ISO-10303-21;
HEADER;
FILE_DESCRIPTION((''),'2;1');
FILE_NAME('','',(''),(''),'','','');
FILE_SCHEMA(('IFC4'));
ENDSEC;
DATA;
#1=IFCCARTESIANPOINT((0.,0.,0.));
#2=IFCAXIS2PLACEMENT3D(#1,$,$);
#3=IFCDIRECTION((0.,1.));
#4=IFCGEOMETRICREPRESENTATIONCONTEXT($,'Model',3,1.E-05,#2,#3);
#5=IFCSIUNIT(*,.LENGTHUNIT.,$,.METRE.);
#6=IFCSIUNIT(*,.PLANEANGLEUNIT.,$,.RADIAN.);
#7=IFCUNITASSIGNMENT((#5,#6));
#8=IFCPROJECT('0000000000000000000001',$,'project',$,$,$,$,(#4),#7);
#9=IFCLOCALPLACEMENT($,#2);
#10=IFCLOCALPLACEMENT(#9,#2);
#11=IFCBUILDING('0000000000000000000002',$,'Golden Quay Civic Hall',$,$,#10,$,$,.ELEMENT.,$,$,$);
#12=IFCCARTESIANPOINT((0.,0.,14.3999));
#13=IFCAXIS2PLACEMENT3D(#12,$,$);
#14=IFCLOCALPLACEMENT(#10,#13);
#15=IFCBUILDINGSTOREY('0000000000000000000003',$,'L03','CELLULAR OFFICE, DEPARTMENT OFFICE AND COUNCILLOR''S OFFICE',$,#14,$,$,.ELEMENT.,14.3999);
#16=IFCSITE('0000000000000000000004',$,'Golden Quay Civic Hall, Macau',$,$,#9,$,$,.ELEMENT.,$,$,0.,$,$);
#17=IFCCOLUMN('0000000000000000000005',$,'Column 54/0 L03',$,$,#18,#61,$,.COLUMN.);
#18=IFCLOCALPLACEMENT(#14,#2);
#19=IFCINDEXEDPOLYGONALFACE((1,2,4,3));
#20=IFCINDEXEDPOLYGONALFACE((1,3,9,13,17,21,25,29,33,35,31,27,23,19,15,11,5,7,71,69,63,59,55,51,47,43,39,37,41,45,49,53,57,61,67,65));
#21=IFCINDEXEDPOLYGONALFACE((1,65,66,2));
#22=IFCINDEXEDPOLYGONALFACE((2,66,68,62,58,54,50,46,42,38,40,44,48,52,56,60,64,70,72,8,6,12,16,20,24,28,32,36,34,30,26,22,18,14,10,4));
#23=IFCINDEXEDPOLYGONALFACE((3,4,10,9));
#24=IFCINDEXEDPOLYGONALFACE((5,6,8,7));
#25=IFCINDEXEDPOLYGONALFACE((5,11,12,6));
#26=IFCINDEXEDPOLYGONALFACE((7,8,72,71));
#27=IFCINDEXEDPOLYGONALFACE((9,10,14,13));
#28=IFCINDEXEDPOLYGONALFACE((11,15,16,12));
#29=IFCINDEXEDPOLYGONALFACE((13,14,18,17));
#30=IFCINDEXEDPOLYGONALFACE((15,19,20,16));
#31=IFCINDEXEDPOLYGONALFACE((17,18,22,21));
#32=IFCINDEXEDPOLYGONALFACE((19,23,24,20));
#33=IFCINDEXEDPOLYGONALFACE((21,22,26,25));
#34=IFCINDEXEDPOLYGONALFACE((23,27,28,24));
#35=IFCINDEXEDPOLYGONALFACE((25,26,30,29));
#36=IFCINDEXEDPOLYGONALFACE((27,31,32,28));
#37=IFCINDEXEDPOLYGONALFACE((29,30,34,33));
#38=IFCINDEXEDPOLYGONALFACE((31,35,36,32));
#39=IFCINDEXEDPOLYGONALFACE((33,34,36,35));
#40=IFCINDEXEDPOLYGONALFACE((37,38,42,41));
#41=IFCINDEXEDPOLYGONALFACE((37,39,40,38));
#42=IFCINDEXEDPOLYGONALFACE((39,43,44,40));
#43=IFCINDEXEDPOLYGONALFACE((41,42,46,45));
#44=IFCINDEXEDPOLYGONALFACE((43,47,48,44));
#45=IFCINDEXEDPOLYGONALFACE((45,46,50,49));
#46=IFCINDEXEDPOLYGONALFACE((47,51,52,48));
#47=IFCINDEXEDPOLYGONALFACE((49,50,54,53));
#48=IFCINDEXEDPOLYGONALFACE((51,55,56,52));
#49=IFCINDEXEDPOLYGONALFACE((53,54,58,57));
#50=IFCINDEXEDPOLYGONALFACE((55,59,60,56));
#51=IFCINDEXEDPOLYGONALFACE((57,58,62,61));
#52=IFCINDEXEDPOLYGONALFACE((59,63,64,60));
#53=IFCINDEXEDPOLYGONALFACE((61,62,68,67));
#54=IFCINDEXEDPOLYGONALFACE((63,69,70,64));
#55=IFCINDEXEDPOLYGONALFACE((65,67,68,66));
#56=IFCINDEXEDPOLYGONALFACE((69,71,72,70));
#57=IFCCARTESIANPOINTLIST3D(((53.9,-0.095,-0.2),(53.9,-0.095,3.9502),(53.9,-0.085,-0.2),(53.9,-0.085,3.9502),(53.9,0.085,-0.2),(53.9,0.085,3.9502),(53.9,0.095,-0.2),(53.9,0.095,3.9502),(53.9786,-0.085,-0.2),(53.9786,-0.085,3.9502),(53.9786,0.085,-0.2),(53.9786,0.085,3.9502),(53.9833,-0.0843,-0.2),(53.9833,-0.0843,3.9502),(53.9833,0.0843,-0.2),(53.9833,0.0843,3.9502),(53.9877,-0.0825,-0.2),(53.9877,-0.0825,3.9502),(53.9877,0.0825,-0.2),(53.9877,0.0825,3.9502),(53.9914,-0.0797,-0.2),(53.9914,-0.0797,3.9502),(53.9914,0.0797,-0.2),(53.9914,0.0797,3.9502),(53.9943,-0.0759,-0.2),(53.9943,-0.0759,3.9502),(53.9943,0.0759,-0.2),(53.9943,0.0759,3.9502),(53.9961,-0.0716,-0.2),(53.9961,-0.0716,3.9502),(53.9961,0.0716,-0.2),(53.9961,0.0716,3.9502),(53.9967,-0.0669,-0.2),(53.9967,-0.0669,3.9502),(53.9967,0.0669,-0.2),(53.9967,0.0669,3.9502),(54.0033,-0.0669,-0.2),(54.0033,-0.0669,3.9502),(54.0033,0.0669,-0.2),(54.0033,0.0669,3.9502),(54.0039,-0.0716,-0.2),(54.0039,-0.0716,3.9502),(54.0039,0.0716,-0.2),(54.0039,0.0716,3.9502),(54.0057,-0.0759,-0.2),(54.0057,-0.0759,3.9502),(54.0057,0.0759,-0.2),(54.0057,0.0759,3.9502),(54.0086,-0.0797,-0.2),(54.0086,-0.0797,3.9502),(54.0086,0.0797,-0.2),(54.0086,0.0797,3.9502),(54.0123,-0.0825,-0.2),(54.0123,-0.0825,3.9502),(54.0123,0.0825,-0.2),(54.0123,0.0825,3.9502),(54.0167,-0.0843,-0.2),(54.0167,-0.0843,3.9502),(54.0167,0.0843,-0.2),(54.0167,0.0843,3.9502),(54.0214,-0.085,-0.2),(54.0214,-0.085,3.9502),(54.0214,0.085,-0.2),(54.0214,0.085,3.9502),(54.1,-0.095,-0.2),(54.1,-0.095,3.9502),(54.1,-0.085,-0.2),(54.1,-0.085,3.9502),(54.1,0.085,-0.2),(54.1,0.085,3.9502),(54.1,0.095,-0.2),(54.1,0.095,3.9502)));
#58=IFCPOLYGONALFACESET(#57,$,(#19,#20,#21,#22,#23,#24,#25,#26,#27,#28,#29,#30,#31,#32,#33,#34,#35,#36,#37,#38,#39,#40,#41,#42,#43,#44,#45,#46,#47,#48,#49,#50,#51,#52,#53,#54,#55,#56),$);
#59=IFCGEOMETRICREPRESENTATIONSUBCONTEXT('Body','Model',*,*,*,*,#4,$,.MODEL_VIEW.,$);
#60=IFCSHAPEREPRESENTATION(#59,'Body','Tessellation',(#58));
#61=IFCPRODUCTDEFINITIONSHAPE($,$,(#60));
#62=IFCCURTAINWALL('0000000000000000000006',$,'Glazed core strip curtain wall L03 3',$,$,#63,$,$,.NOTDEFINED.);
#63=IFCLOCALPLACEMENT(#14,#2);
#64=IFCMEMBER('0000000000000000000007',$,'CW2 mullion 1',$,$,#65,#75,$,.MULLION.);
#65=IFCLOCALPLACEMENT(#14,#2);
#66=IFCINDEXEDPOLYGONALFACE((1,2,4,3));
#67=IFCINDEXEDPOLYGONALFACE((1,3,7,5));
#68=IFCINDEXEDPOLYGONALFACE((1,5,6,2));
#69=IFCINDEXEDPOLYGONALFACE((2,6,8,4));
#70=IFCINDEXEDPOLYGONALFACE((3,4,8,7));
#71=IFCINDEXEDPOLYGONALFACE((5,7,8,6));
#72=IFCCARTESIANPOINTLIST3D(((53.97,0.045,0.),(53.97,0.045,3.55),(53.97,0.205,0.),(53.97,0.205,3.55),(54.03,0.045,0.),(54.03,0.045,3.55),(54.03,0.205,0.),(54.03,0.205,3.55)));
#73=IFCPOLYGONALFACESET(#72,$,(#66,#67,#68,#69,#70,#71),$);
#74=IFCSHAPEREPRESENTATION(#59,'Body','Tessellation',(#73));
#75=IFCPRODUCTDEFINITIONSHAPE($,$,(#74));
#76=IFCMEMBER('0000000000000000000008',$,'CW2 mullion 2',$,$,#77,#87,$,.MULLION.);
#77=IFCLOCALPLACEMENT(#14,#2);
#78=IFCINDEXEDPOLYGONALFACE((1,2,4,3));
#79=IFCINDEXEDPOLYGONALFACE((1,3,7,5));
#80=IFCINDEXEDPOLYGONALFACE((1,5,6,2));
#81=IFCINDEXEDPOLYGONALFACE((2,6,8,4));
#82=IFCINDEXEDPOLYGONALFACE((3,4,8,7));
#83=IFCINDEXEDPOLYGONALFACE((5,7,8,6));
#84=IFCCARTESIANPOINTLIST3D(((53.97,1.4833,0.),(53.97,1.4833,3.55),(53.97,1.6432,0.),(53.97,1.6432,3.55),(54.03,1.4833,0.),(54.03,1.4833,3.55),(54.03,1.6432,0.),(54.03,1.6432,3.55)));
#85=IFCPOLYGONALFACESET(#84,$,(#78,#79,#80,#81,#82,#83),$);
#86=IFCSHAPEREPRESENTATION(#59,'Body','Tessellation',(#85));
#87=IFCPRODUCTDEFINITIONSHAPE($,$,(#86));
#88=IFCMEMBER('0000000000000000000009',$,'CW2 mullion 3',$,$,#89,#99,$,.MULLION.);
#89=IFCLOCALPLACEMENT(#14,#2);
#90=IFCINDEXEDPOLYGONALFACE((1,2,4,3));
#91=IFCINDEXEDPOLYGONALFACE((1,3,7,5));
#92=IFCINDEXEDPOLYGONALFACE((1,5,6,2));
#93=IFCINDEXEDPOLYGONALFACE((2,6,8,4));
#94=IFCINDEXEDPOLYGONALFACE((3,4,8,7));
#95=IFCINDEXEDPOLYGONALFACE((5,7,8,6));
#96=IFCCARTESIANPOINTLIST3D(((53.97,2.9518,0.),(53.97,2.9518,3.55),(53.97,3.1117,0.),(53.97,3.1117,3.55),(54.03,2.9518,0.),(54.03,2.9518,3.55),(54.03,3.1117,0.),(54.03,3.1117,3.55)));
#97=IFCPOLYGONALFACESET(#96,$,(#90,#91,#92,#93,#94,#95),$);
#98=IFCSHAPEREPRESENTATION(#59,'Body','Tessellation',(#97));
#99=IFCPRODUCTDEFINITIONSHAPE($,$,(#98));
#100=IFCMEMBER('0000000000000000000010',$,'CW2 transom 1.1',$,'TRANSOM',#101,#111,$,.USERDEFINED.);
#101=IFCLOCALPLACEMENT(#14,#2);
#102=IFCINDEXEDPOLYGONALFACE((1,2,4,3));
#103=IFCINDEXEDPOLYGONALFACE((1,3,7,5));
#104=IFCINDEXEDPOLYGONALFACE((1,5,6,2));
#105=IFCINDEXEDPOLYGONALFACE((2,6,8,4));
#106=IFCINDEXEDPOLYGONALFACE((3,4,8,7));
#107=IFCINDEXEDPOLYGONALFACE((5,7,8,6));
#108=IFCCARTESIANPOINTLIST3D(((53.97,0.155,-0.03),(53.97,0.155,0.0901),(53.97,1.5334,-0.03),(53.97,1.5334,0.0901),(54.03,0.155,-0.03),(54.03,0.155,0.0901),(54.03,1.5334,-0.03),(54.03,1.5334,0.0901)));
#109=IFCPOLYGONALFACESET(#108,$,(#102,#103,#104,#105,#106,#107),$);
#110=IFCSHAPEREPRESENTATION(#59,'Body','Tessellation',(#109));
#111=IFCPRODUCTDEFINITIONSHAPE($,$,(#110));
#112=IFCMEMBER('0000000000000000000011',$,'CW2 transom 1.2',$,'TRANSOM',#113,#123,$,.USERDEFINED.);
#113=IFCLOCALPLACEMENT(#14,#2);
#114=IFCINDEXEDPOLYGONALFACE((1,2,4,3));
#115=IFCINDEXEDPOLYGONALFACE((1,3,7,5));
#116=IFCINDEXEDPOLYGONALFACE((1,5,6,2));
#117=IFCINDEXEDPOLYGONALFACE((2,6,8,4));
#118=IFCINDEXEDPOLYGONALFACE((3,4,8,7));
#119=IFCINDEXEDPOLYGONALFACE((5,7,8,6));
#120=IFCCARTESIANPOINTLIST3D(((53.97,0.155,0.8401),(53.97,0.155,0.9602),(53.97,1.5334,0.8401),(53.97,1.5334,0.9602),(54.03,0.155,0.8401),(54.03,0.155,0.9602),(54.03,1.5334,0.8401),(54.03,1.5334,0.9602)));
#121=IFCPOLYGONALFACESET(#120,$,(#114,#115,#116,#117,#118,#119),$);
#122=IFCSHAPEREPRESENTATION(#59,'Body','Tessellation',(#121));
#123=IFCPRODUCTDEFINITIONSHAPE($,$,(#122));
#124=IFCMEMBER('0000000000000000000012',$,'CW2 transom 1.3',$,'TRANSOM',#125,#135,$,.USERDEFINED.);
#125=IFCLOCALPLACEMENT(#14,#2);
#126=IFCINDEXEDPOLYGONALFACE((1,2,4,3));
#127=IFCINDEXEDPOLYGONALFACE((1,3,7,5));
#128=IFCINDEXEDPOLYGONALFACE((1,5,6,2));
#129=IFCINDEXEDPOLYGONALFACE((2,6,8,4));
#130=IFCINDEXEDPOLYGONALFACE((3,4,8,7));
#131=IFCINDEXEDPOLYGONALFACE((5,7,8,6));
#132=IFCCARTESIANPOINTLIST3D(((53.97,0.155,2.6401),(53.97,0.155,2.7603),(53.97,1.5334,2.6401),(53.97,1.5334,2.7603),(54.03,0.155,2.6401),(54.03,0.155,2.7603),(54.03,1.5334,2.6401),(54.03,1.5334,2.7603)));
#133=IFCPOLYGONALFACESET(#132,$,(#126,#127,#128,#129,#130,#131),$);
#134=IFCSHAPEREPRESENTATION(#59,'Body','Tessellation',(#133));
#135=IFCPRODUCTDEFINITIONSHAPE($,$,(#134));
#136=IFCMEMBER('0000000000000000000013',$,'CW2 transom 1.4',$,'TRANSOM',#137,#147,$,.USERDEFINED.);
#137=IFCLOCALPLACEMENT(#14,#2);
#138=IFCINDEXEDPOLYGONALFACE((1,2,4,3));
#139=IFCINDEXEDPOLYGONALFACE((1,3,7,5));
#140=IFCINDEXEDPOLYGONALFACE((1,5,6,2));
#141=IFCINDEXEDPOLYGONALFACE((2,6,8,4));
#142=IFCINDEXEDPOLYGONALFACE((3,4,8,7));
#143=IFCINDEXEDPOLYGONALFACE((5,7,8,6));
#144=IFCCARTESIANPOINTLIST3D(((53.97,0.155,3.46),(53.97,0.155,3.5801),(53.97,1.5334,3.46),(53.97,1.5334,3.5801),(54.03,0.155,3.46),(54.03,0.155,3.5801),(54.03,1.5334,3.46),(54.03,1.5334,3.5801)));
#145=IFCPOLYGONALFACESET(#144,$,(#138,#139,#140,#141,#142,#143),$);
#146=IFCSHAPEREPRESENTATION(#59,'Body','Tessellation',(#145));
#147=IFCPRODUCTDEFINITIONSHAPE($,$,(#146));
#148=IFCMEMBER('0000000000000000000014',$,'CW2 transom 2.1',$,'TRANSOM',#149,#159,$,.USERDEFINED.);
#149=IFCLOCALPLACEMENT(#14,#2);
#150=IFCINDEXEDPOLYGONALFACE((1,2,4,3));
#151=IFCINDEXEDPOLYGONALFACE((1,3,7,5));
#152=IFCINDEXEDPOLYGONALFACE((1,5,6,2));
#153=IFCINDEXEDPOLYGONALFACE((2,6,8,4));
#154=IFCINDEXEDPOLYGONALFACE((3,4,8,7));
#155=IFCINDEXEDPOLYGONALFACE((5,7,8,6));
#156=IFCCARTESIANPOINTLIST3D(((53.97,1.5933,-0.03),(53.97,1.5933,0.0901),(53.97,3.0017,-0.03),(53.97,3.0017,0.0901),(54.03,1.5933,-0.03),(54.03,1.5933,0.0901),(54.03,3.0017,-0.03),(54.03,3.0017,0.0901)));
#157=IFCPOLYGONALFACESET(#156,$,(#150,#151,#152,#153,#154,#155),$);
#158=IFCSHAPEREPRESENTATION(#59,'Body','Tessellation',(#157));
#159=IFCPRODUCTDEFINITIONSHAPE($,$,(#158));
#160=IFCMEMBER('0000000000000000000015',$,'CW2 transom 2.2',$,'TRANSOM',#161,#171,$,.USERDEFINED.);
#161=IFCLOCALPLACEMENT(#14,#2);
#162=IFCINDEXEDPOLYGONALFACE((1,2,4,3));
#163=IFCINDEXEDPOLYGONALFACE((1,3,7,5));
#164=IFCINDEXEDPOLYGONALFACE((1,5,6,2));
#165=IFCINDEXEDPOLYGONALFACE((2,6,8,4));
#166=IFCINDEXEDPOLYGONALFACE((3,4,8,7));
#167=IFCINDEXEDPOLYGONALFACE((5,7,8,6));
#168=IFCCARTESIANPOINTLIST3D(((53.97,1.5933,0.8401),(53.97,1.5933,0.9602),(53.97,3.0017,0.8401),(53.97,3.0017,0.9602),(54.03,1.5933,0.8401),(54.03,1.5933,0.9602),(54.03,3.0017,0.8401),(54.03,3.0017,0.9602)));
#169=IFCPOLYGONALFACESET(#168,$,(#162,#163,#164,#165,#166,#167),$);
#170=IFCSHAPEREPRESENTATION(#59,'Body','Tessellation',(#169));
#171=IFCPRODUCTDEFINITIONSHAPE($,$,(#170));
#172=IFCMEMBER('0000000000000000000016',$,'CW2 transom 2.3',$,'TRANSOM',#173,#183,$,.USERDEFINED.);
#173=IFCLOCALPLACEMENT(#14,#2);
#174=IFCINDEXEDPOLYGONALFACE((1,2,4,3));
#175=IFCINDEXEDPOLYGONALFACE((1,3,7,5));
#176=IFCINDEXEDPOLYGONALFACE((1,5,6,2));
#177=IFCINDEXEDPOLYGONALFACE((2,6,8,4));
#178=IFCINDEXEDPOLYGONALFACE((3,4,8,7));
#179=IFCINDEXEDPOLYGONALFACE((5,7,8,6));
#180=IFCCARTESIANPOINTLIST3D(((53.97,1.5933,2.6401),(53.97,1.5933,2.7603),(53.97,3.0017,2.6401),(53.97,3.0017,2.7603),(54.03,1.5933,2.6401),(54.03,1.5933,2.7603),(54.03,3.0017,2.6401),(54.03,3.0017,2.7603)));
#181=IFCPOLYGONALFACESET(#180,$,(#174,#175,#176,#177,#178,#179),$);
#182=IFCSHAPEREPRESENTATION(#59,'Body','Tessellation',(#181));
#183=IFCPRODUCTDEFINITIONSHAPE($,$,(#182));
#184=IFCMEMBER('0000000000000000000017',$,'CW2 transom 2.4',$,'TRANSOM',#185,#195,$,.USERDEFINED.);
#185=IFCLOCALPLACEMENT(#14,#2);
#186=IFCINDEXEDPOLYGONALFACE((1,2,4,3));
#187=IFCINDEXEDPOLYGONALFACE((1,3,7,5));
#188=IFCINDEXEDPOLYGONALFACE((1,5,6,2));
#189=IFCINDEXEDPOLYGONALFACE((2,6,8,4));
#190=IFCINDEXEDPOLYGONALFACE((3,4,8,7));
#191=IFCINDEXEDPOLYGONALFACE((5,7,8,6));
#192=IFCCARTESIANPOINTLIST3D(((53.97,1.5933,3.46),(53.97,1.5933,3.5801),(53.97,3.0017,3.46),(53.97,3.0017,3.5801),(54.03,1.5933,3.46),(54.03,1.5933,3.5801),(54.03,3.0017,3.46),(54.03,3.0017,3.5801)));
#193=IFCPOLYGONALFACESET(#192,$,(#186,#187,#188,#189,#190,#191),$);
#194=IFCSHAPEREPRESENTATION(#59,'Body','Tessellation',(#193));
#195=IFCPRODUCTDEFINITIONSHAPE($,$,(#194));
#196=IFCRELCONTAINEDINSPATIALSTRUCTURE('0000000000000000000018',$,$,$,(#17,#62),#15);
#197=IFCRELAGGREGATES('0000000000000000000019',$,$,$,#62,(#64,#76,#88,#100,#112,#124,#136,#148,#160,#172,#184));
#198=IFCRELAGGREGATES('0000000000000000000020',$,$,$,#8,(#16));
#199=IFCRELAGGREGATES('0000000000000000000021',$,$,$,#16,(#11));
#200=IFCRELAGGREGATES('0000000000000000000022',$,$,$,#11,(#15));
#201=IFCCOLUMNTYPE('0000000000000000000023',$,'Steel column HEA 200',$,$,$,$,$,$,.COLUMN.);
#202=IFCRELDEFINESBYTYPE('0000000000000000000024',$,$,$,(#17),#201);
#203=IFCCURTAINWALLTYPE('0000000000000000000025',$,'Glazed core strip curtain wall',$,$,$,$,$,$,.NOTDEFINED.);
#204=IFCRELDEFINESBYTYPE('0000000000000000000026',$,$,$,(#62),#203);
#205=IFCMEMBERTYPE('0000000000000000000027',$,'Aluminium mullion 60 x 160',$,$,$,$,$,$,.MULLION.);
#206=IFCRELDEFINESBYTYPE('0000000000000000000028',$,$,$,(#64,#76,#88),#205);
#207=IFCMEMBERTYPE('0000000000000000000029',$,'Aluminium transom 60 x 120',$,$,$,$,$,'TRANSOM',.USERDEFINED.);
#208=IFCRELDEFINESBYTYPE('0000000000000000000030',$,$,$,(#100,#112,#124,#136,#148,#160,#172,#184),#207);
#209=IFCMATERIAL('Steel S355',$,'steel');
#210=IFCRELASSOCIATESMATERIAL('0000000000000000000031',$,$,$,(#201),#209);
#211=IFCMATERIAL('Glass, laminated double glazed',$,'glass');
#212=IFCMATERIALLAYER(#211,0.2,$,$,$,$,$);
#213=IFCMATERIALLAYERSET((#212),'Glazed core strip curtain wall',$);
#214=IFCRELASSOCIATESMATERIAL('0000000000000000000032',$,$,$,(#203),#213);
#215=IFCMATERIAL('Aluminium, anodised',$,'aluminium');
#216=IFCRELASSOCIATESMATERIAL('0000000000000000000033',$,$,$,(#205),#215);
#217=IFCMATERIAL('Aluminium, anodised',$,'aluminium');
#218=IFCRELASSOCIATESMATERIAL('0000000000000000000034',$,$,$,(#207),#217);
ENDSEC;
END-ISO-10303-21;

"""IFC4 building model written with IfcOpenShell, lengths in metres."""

from ifc_helpers import new_model, si_unit, direction, frame, origin, origin_2d, place, context, subcontext, project, spatial, rectangle, i_section, extrude, material, layer, layer_set, material_profile, profile_set, type_object, element, aggregate, save


model = new_model("IFC4")

# Units and contexts
model_context = context("Model", 3, precision=1e-05, world=origin(), true_north=direction((0.0, 1.0)))
body_context = subcontext(model_context, "Body", "Model", "MODEL_VIEW")
ifc_project = project(units=[si_unit("LENGTHUNIT", "METRE"), si_unit("PLANEANGLEUNIT", "RADIAN")], contexts=[model_context])

# Site, building, storey
site_placement = place(None, origin())
site = spatial("IfcSite", under=ifc_project, at=site_placement, Name="Golden Quay Civic Hall, Macau", CompositionType="ELEMENT", RefElevation=0.0)
building_placement = place(site_placement, origin())
building = spatial("IfcBuilding", under=site, at=building_placement, Name="Golden Quay Civic Hall", CompositionType="ELEMENT")
storey_placement = place(building_placement, frame((0.0, 0.0, 14.3999)))
storey = spatial("IfcBuildingStorey", under=building, at=storey_placement, Name="L03", Description="CELLULAR OFFICE, DEPARTMENT OFFICE AND COUNCILLOR'S OFFICE", CompositionType="ELEMENT", Elevation=14.3999)

# Column
ifc_material_1 = material(Name="Steel S355", Category="steel")
ifc_material_profile_1 = material_profile(ifc_material_1, i_section(OverallWidth=0.2, OverallDepth=0.1899, WebThickness=0.0066, FlangeThickness=0.01, FilletRadius=0.0181, at=origin_2d()), Name="HEA 200")
ifc_profile_set_1 = profile_set([ifc_material_profile_1], Name="Steel S355")
column_type = type_object("IfcColumnType", Name="Steel column HEA 200", PredefinedType="COLUMN", material=ifc_profile_set_1)
column_placement = place(storey_placement, frame((54.0, 0.0, -0.2), z_axis=(0.0, 0.0, 1.0), x_axis=(1.0, 0.0, 0.0)))
element("IfcColumn", 1, at=column_placement, inside=storey, type_object=column_type, Name="Column 54/0 L03", PredefinedType="COLUMN", context=body_context, shape_type="SweptSolid", body=[
    extrude(i_section(OverallWidth=0.2, OverallDepth=0.1899, WebThickness=0.0066, FlangeThickness=0.01, FilletRadius=0.0181, at=origin_2d()), origin(), (0.0, 0.0, 1.0), 4.1501),
])

# Curtain wall, members
ifc_material_2 = material(Name="Glass, laminated double glazed", Category="glass")
ifc_layer_1 = layer(ifc_material_2, 0.2)
ifc_layer_set_1 = layer_set([ifc_layer_1], Name="Glazed core strip curtain wall")
curtain_wall_type = type_object("IfcCurtainWallType", Name="Glazed core strip curtain wall", PredefinedType="NOTDEFINED", material=ifc_layer_set_1)
curtain_wall_placement = place(storey_placement, origin())
curtain_wall = element("IfcCurtainWall", 2, at=curtain_wall_placement, inside=storey, type_object=curtain_wall_type, Name="Glazed core strip curtain wall L03 3", PredefinedType="NOTDEFINED")
ifc_material_3 = material(Name="Aluminium, anodised", Category="aluminium")
ifc_material_profile_2 = material_profile(ifc_material_3, rectangle(XDim=0.0601, YDim=0.1599, at=origin_2d()), Name="Aluminium 60 x 160")
ifc_profile_set_2 = profile_set([ifc_material_profile_2], Name="Aluminium, anodised")
member_type_1 = type_object("IfcMemberType", Name="Aluminium mullion 60 x 160", PredefinedType="MULLION", material=ifc_profile_set_2)
member_1_placement = place(storey_placement, frame((54.0, 0.125, 0.0), z_axis=(0.0, 0.0, 1.0), x_axis=(-1.0, 0.0, 0.0)))
member_1 = element("IfcMember", 3, at=member_1_placement, type_object=member_type_1, Name="CW2 mullion 1", PredefinedType="MULLION", context=body_context, shape_type="SweptSolid", body=[
    extrude(rectangle(XDim=0.0601, YDim=0.1599, at=origin_2d()), origin(), (0.0, 0.0, 1.0), 3.55),
])
member_2_placement = place(storey_placement, frame((54.0, 1.5632, 0.0), z_axis=(0.0, 0.0, 1.0), x_axis=(-1.0, 0.0, 0.0)))
member_2 = element("IfcMember", 4, at=member_2_placement, type_object=member_type_1, Name="CW2 mullion 2", PredefinedType="MULLION", context=body_context, shape_type="SweptSolid", body=[
    extrude(rectangle(XDim=0.0601, YDim=0.1599, at=origin_2d()), origin(), (0.0, 0.0, 1.0), 3.55),
])
member_3_placement = place(storey_placement, frame((54.0, 3.0317, 0.0), z_axis=(0.0, 0.0, 1.0), x_axis=(-1.0, 0.0, 0.0)))
member_3 = element("IfcMember", 5, at=member_3_placement, type_object=member_type_1, Name="CW2 mullion 3", PredefinedType="MULLION", context=body_context, shape_type="SweptSolid", body=[
    extrude(rectangle(XDim=0.0601, YDim=0.1599, at=origin_2d()), origin(), (0.0, 0.0, 1.0), 3.55),
])
ifc_material_4 = material(Name="Aluminium, anodised", Category="aluminium")
ifc_material_profile_3 = material_profile(ifc_material_4, rectangle(XDim=0.0601, YDim=0.1201, at=origin_2d()), Name="Aluminium 60 x 120")
ifc_profile_set_3 = profile_set([ifc_material_profile_3], Name="Aluminium, anodised")
member_type_2 = type_object("IfcMemberType", Name="Aluminium transom 60 x 120", ElementType="TRANSOM", PredefinedType="USERDEFINED", material=ifc_profile_set_3)
member_4_placement = place(storey_placement, frame((54.0, 0.155, 0.03), z_axis=(0.0, 1.0, 0.0), x_axis=(-1.0, 0.0, 0.0)))
member_4 = element("IfcMember", 6, at=member_4_placement, type_object=member_type_2, Name="CW2 transom 1.1", ObjectType="TRANSOM", PredefinedType="USERDEFINED", context=body_context, shape_type="SweptSolid", body=[
    extrude(rectangle(XDim=0.0601, YDim=0.1201, at=origin_2d()), origin(), (0.0, 0.0, 1.0), 1.3784),
])
member_5_placement = place(storey_placement, frame((54.0, 0.155, 0.9001), z_axis=(0.0, 1.0, 0.0), x_axis=(-1.0, 0.0, 0.0)))
member_5 = element("IfcMember", 7, at=member_5_placement, type_object=member_type_2, Name="CW2 transom 1.2", ObjectType="TRANSOM", PredefinedType="USERDEFINED", context=body_context, shape_type="SweptSolid", body=[
    extrude(rectangle(XDim=0.0601, YDim=0.1201, at=origin_2d()), origin(), (0.0, 0.0, 1.0), 1.3784),
])
member_6_placement = place(storey_placement, frame((54.0, 0.155, 2.7002), z_axis=(0.0, 1.0, 0.0), x_axis=(-1.0, 0.0, 0.0)))
member_6 = element("IfcMember", 8, at=member_6_placement, type_object=member_type_2, Name="CW2 transom 1.3", ObjectType="TRANSOM", PredefinedType="USERDEFINED", context=body_context, shape_type="SweptSolid", body=[
    extrude(rectangle(XDim=0.0601, YDim=0.1201, at=origin_2d()), origin(), (0.0, 0.0, 1.0), 1.3784),
])
member_7_placement = place(storey_placement, frame((54.0, 0.155, 3.52), z_axis=(0.0, 1.0, 0.0), x_axis=(-1.0, 0.0, 0.0)))
member_7 = element("IfcMember", 9, at=member_7_placement, type_object=member_type_2, Name="CW2 transom 1.4", ObjectType="TRANSOM", PredefinedType="USERDEFINED", context=body_context, shape_type="SweptSolid", body=[
    extrude(rectangle(XDim=0.0601, YDim=0.1201, at=origin_2d()), origin(), (0.0, 0.0, 1.0), 1.3784),
])
member_8_placement = place(storey_placement, frame((54.0, 1.5933, 0.03), z_axis=(0.0, 1.0, 0.0), x_axis=(-1.0, 0.0, 0.0)))
member_8 = element("IfcMember", 10, at=member_8_placement, type_object=member_type_2, Name="CW2 transom 2.1", ObjectType="TRANSOM", PredefinedType="USERDEFINED", context=body_context, shape_type="SweptSolid", body=[
    extrude(rectangle(XDim=0.0601, YDim=0.1201, at=origin_2d()), origin(), (0.0, 0.0, 1.0), 1.4084),
])
member_9_placement = place(storey_placement, frame((54.0, 1.5933, 0.9001), z_axis=(0.0, 1.0, 0.0), x_axis=(-1.0, 0.0, 0.0)))
member_9 = element("IfcMember", 11, at=member_9_placement, type_object=member_type_2, Name="CW2 transom 2.2", ObjectType="TRANSOM", PredefinedType="USERDEFINED", context=body_context, shape_type="SweptSolid", body=[
    extrude(rectangle(XDim=0.0601, YDim=0.1201, at=origin_2d()), origin(), (0.0, 0.0, 1.0), 1.4084),
])
member_10_placement = place(storey_placement, frame((54.0, 1.5933, 2.7002), z_axis=(0.0, 1.0, 0.0), x_axis=(-1.0, 0.0, 0.0)))
member_10 = element("IfcMember", 12, at=member_10_placement, type_object=member_type_2, Name="CW2 transom 2.3", ObjectType="TRANSOM", PredefinedType="USERDEFINED", context=body_context, shape_type="SweptSolid", body=[
    extrude(rectangle(XDim=0.0601, YDim=0.1201, at=origin_2d()), origin(), (0.0, 0.0, 1.0), 1.4084),
])
member_11_placement = place(storey_placement, frame((54.0, 1.5933, 3.52), z_axis=(0.0, 1.0, 0.0), x_axis=(-1.0, 0.0, 0.0)))
member_11 = element("IfcMember", 13, at=member_11_placement, type_object=member_type_2, Name="CW2 transom 2.4", ObjectType="TRANSOM", PredefinedType="USERDEFINED", context=body_context, shape_type="SweptSolid", body=[
    extrude(rectangle(XDim=0.0601, YDim=0.1201, at=origin_2d()), origin(), (0.0, 0.0, 1.0), 1.4084),
])

aggregate(curtain_wall, [member_1, member_2, member_3, member_4, member_5, member_6, member_7, member_8, member_9, member_10, member_11])

save(model, "model.ifc")
